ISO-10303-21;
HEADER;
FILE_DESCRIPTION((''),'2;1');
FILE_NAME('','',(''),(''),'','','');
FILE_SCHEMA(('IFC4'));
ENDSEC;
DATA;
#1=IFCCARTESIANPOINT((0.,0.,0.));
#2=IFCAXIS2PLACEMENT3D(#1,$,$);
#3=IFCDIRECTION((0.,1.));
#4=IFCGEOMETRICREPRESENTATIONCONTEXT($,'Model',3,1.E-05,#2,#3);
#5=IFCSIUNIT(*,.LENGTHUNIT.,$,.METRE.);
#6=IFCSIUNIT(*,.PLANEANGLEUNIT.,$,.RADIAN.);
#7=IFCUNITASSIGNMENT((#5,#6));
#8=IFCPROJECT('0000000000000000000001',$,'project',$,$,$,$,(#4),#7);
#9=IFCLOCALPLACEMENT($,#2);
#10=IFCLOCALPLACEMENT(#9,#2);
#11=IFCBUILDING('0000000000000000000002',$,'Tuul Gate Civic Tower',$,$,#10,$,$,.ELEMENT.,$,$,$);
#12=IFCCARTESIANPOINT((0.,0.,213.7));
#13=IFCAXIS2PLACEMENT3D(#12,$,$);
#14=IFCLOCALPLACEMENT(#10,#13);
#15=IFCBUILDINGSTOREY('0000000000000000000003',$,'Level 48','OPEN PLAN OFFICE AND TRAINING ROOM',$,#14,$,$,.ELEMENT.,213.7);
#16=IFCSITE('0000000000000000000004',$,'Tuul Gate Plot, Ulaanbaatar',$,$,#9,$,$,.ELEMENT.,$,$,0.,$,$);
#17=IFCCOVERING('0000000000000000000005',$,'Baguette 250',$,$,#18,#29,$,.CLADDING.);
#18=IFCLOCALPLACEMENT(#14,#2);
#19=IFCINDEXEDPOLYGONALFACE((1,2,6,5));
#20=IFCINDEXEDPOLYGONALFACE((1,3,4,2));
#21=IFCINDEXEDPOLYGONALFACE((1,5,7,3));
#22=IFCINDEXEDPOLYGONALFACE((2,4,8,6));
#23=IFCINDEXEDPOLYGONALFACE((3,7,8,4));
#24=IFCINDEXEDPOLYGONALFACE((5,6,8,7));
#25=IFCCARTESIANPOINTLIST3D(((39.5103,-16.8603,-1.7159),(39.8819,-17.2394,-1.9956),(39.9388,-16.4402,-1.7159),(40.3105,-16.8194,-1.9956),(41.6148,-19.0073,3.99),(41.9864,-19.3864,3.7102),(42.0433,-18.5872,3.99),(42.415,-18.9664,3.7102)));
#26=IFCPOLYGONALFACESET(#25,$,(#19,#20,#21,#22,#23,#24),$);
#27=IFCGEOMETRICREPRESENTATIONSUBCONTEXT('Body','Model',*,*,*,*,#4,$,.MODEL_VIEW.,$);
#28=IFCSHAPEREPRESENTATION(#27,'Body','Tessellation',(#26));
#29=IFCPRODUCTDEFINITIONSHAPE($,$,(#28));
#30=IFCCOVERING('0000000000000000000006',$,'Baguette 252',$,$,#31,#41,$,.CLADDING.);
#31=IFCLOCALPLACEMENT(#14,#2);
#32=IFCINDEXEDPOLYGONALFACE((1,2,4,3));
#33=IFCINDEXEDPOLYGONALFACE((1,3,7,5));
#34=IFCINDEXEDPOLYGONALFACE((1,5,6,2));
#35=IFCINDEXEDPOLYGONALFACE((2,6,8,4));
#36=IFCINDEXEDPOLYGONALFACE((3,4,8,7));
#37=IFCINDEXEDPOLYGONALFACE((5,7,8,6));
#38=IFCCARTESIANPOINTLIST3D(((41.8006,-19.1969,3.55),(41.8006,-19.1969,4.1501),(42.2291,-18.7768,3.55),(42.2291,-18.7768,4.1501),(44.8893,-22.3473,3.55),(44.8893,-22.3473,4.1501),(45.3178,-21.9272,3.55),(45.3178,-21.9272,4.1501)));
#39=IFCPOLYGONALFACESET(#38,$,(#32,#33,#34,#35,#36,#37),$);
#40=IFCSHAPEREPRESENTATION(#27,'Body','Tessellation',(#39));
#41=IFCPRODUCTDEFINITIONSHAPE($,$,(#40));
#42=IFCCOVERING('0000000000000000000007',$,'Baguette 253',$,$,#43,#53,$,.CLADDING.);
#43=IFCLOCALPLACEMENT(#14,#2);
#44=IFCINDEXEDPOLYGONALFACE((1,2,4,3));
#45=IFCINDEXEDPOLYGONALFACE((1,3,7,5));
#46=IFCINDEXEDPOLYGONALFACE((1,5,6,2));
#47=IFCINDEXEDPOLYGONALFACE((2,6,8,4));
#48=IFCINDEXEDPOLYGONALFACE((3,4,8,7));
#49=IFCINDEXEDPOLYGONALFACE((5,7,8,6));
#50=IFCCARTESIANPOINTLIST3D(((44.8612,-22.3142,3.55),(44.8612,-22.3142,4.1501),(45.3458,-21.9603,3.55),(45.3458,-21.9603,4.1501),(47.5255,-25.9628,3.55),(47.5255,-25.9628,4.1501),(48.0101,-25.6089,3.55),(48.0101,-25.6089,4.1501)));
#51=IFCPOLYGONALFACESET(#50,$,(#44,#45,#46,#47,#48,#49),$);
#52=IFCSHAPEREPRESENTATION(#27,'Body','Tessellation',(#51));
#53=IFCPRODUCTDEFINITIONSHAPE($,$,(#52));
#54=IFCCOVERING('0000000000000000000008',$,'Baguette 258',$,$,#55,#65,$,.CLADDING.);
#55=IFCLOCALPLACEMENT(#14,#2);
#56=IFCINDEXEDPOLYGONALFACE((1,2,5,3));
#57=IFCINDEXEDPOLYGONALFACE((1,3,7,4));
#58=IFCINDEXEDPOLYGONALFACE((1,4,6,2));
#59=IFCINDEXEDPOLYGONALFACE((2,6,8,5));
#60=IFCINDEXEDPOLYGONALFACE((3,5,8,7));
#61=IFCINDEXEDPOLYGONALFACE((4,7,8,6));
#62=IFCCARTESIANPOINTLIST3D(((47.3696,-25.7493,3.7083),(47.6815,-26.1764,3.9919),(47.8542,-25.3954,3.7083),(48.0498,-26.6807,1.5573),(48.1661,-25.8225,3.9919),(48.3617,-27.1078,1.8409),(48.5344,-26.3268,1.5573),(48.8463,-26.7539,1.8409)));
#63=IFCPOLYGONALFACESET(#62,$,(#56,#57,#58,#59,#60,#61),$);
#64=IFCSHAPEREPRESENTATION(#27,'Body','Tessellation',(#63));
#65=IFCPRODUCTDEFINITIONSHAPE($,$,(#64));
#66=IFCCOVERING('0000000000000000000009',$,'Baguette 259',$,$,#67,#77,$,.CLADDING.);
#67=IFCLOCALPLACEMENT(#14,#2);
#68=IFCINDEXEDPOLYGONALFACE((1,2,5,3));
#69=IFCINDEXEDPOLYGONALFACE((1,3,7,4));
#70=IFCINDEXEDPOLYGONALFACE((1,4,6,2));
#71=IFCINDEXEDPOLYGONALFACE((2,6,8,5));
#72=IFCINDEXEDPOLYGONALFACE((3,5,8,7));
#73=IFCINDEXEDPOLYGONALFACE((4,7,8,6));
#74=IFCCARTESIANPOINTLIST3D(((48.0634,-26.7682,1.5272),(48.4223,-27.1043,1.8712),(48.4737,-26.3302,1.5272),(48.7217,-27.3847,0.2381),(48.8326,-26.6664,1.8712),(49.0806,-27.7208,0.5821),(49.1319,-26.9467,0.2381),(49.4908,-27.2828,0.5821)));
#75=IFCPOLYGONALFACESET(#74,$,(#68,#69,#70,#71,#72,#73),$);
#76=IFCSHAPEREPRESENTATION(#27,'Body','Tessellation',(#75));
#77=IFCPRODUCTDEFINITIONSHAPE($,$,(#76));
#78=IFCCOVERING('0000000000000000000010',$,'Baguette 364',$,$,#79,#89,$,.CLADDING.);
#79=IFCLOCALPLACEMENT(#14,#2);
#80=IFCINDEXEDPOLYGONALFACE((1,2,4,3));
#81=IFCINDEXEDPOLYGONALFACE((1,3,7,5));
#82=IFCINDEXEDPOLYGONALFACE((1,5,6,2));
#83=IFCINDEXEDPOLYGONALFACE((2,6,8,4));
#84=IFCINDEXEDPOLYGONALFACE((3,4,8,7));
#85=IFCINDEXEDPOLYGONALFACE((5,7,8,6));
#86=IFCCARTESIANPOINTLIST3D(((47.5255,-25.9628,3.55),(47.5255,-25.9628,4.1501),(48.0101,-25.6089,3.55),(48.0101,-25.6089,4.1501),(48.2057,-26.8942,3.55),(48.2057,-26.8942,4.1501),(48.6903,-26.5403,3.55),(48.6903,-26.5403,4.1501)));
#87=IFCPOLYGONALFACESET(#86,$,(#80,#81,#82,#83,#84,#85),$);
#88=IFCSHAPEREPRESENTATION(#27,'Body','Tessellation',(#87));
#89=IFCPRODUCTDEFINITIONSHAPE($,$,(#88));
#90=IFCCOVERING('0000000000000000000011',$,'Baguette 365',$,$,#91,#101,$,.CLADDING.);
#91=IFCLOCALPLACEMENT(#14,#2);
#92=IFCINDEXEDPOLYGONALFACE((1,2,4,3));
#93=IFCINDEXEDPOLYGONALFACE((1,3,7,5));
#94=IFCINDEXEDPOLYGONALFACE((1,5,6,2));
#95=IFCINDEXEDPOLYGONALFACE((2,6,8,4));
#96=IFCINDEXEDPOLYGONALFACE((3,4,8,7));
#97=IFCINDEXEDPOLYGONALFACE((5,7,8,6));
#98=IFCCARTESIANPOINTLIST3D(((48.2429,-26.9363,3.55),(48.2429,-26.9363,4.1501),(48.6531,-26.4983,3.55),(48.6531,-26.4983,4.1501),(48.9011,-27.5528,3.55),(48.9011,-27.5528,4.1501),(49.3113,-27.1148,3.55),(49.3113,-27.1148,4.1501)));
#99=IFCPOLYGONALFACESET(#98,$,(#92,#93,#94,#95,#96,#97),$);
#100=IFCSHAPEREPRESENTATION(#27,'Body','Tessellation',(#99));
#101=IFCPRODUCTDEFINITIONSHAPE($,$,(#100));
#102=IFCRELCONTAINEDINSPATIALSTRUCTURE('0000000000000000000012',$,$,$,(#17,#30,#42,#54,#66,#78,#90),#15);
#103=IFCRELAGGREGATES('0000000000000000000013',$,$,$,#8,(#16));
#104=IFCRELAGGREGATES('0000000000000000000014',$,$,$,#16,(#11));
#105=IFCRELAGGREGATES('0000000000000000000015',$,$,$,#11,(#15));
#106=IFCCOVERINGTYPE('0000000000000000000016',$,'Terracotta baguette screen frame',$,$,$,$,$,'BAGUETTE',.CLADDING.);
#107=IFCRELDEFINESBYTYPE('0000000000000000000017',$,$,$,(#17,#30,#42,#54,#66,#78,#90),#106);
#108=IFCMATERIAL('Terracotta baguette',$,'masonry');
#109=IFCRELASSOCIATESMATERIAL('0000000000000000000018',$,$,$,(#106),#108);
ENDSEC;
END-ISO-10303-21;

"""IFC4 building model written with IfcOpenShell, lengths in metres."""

from ifc_helpers import new_model, si_unit, direction, frame, origin, origin_2d, place, context, subcontext, project, spatial, rectangle, extrude, material, material_profile, profile_set, type_object, element, save


model = new_model("IFC4")

# Units and contexts
model_context = context("Model", 3, precision=1e-05, world=origin(), true_north=direction((0.0, 1.0)))
body_context = subcontext(model_context, "Body", "Model", "MODEL_VIEW")
ifc_project = project(units=[si_unit("LENGTHUNIT", "METRE"), si_unit("PLANEANGLEUNIT", "RADIAN")], contexts=[model_context])

# Site, building, storey
site_placement = place(None, origin())
site = spatial("IfcSite", under=ifc_project, at=site_placement, Name="Tuul Gate Plot, Ulaanbaatar", CompositionType="ELEMENT", RefElevation=0.0)
building_placement = place(site_placement, origin())
building = spatial("IfcBuilding", under=site, at=building_placement, Name="Tuul Gate Civic Tower", CompositionType="ELEMENT")
storey_placement = place(building_placement, frame((0.0, 0.0, 213.7)))
storey = spatial("IfcBuildingStorey", under=building, at=storey_placement, Name="Level 48", Description="OPEN PLAN OFFICE AND TRAINING ROOM", CompositionType="ELEMENT", Elevation=213.7)

# Coverings
ifc_material_1 = material(Name="Terracotta baguette", Category="masonry")
ifc_material_profile_1 = material_profile(ifc_material_1, rectangle(XDim=0.6001, YDim=0.6001, at=origin_2d()), Name="Terracotta baguette screen frame")
ifc_profile_set_1 = profile_set([ifc_material_profile_1], Name="Terracotta baguette")
covering_type = type_object("IfcCoveringType", Name="Terracotta baguette screen frame", ElementType="BAGUETTE", PredefinedType="CLADDING", material=ifc_profile_set_1)
covering_1_placement = place(storey_placement, frame((42.0149, -18.9868, 3.8501), z_axis=(-0.326309, 0.332895, -0.884705), x_axis=(-0.714137, -0.700006, 0.0)))
element("IfcCovering", 1, at=covering_1_placement, inside=storey, type_object=covering_type, Name="Baguette 250", PredefinedType="CLADDING", context=body_context, shape_type="SweptSolid", body=[
    extrude(rectangle(XDim=0.6001, YDim=0.6001, at=origin_2d()), origin(), (0.0, 0.0, 1.0), 6.4495),
])
covering_2_placement = place(storey_placement, frame((42.0149, -18.9868, 3.8501), z_axis=(0.700072, -0.714072, 0.0), x_axis=(0.714072, 0.700072, 0.0)))
element("IfcCovering", 2, at=covering_2_placement, inside=storey, type_object=covering_type, Name="Baguette 252", PredefinedType="CLADDING", context=body_context, shape_type="SweptSolid", body=[
    extrude(rectangle(XDim=0.6001, YDim=0.6001, at=origin_2d()), origin(), (0.0, 0.0, 1.0), 4.4119),
])
covering_3_placement = place(storey_placement, frame((45.1035, -22.1372, 3.8501), z_axis=(0.589723, -0.807606, 0.0), x_axis=(0.807606, 0.589723, 0.0)))
element("IfcCovering", 3, at=covering_3_placement, inside=storey, type_object=covering_type, Name="Baguette 253", PredefinedType="CLADDING", context=body_context, shape_type="SweptSolid", body=[
    extrude(rectangle(XDim=0.6001, YDim=0.6001, at=origin_2d()), origin(), (0.0, 0.0, 1.0), 4.5178),
])
covering_4_placement = place(storey_placement, frame((47.7678, -25.7859, 3.8501), z_axis=(0.278695, -0.38163, -0.881299), x_axis=(0.807581, 0.589756, 0.0)))
element("IfcCovering", 4, at=covering_4_placement, inside=storey, type_object=covering_type, Name="Baguette 258", PredefinedType="CLADDING", context=body_context, shape_type="SweptSolid", body=[
    extrude(rectangle(XDim=0.6001, YDim=0.6001, at=origin_2d()), origin(), (0.0, 0.0, 1.0), 2.4407),
])
covering_5_placement = place(storey_placement, frame((48.448, -26.7173, 1.6992), z_axis=(0.418387, -0.39185, -0.819393), x_axis=(0.683581, 0.729875, 0.0)))
element("IfcCovering", 5, at=covering_5_placement, inside=storey, type_object=covering_type, Name="Baguette 259", PredefinedType="CLADDING", context=body_context, shape_type="SweptSolid", body=[
    extrude(rectangle(XDim=0.6001, YDim=0.6001, at=origin_2d()), origin(), (0.0, 0.0, 1.0), 1.5732),
])
covering_6_placement = place(storey_placement, frame((47.7678, -25.7859, 3.8501), z_axis=(0.589756, -0.807581, 0.0), x_axis=(0.807581, 0.589756, 0.0)))
element("IfcCovering", 6, at=covering_6_placement, inside=storey, type_object=covering_type, Name="Baguette 364", PredefinedType="CLADDING", context=body_context, shape_type="SweptSolid", body=[
    extrude(rectangle(XDim=0.6001, YDim=0.6001, at=origin_2d()), origin(), (0.0, 0.0, 1.0), 1.1533),
])
covering_7_placement = place(storey_placement, frame((48.448, -26.7173, 3.8501), z_axis=(0.729875, -0.683581, 0.0), x_axis=(0.683581, 0.729875, 0.0)))
element("IfcCovering", 7, at=covering_7_placement, inside=storey, type_object=covering_type, Name="Baguette 365", PredefinedType="CLADDING", context=body_context, shape_type="SweptSolid", body=[
    extrude(rectangle(XDim=0.6001, YDim=0.6001, at=origin_2d()), origin(), (0.0, 0.0, 1.0), 0.9019),
])

save(model, "model.ifc")
